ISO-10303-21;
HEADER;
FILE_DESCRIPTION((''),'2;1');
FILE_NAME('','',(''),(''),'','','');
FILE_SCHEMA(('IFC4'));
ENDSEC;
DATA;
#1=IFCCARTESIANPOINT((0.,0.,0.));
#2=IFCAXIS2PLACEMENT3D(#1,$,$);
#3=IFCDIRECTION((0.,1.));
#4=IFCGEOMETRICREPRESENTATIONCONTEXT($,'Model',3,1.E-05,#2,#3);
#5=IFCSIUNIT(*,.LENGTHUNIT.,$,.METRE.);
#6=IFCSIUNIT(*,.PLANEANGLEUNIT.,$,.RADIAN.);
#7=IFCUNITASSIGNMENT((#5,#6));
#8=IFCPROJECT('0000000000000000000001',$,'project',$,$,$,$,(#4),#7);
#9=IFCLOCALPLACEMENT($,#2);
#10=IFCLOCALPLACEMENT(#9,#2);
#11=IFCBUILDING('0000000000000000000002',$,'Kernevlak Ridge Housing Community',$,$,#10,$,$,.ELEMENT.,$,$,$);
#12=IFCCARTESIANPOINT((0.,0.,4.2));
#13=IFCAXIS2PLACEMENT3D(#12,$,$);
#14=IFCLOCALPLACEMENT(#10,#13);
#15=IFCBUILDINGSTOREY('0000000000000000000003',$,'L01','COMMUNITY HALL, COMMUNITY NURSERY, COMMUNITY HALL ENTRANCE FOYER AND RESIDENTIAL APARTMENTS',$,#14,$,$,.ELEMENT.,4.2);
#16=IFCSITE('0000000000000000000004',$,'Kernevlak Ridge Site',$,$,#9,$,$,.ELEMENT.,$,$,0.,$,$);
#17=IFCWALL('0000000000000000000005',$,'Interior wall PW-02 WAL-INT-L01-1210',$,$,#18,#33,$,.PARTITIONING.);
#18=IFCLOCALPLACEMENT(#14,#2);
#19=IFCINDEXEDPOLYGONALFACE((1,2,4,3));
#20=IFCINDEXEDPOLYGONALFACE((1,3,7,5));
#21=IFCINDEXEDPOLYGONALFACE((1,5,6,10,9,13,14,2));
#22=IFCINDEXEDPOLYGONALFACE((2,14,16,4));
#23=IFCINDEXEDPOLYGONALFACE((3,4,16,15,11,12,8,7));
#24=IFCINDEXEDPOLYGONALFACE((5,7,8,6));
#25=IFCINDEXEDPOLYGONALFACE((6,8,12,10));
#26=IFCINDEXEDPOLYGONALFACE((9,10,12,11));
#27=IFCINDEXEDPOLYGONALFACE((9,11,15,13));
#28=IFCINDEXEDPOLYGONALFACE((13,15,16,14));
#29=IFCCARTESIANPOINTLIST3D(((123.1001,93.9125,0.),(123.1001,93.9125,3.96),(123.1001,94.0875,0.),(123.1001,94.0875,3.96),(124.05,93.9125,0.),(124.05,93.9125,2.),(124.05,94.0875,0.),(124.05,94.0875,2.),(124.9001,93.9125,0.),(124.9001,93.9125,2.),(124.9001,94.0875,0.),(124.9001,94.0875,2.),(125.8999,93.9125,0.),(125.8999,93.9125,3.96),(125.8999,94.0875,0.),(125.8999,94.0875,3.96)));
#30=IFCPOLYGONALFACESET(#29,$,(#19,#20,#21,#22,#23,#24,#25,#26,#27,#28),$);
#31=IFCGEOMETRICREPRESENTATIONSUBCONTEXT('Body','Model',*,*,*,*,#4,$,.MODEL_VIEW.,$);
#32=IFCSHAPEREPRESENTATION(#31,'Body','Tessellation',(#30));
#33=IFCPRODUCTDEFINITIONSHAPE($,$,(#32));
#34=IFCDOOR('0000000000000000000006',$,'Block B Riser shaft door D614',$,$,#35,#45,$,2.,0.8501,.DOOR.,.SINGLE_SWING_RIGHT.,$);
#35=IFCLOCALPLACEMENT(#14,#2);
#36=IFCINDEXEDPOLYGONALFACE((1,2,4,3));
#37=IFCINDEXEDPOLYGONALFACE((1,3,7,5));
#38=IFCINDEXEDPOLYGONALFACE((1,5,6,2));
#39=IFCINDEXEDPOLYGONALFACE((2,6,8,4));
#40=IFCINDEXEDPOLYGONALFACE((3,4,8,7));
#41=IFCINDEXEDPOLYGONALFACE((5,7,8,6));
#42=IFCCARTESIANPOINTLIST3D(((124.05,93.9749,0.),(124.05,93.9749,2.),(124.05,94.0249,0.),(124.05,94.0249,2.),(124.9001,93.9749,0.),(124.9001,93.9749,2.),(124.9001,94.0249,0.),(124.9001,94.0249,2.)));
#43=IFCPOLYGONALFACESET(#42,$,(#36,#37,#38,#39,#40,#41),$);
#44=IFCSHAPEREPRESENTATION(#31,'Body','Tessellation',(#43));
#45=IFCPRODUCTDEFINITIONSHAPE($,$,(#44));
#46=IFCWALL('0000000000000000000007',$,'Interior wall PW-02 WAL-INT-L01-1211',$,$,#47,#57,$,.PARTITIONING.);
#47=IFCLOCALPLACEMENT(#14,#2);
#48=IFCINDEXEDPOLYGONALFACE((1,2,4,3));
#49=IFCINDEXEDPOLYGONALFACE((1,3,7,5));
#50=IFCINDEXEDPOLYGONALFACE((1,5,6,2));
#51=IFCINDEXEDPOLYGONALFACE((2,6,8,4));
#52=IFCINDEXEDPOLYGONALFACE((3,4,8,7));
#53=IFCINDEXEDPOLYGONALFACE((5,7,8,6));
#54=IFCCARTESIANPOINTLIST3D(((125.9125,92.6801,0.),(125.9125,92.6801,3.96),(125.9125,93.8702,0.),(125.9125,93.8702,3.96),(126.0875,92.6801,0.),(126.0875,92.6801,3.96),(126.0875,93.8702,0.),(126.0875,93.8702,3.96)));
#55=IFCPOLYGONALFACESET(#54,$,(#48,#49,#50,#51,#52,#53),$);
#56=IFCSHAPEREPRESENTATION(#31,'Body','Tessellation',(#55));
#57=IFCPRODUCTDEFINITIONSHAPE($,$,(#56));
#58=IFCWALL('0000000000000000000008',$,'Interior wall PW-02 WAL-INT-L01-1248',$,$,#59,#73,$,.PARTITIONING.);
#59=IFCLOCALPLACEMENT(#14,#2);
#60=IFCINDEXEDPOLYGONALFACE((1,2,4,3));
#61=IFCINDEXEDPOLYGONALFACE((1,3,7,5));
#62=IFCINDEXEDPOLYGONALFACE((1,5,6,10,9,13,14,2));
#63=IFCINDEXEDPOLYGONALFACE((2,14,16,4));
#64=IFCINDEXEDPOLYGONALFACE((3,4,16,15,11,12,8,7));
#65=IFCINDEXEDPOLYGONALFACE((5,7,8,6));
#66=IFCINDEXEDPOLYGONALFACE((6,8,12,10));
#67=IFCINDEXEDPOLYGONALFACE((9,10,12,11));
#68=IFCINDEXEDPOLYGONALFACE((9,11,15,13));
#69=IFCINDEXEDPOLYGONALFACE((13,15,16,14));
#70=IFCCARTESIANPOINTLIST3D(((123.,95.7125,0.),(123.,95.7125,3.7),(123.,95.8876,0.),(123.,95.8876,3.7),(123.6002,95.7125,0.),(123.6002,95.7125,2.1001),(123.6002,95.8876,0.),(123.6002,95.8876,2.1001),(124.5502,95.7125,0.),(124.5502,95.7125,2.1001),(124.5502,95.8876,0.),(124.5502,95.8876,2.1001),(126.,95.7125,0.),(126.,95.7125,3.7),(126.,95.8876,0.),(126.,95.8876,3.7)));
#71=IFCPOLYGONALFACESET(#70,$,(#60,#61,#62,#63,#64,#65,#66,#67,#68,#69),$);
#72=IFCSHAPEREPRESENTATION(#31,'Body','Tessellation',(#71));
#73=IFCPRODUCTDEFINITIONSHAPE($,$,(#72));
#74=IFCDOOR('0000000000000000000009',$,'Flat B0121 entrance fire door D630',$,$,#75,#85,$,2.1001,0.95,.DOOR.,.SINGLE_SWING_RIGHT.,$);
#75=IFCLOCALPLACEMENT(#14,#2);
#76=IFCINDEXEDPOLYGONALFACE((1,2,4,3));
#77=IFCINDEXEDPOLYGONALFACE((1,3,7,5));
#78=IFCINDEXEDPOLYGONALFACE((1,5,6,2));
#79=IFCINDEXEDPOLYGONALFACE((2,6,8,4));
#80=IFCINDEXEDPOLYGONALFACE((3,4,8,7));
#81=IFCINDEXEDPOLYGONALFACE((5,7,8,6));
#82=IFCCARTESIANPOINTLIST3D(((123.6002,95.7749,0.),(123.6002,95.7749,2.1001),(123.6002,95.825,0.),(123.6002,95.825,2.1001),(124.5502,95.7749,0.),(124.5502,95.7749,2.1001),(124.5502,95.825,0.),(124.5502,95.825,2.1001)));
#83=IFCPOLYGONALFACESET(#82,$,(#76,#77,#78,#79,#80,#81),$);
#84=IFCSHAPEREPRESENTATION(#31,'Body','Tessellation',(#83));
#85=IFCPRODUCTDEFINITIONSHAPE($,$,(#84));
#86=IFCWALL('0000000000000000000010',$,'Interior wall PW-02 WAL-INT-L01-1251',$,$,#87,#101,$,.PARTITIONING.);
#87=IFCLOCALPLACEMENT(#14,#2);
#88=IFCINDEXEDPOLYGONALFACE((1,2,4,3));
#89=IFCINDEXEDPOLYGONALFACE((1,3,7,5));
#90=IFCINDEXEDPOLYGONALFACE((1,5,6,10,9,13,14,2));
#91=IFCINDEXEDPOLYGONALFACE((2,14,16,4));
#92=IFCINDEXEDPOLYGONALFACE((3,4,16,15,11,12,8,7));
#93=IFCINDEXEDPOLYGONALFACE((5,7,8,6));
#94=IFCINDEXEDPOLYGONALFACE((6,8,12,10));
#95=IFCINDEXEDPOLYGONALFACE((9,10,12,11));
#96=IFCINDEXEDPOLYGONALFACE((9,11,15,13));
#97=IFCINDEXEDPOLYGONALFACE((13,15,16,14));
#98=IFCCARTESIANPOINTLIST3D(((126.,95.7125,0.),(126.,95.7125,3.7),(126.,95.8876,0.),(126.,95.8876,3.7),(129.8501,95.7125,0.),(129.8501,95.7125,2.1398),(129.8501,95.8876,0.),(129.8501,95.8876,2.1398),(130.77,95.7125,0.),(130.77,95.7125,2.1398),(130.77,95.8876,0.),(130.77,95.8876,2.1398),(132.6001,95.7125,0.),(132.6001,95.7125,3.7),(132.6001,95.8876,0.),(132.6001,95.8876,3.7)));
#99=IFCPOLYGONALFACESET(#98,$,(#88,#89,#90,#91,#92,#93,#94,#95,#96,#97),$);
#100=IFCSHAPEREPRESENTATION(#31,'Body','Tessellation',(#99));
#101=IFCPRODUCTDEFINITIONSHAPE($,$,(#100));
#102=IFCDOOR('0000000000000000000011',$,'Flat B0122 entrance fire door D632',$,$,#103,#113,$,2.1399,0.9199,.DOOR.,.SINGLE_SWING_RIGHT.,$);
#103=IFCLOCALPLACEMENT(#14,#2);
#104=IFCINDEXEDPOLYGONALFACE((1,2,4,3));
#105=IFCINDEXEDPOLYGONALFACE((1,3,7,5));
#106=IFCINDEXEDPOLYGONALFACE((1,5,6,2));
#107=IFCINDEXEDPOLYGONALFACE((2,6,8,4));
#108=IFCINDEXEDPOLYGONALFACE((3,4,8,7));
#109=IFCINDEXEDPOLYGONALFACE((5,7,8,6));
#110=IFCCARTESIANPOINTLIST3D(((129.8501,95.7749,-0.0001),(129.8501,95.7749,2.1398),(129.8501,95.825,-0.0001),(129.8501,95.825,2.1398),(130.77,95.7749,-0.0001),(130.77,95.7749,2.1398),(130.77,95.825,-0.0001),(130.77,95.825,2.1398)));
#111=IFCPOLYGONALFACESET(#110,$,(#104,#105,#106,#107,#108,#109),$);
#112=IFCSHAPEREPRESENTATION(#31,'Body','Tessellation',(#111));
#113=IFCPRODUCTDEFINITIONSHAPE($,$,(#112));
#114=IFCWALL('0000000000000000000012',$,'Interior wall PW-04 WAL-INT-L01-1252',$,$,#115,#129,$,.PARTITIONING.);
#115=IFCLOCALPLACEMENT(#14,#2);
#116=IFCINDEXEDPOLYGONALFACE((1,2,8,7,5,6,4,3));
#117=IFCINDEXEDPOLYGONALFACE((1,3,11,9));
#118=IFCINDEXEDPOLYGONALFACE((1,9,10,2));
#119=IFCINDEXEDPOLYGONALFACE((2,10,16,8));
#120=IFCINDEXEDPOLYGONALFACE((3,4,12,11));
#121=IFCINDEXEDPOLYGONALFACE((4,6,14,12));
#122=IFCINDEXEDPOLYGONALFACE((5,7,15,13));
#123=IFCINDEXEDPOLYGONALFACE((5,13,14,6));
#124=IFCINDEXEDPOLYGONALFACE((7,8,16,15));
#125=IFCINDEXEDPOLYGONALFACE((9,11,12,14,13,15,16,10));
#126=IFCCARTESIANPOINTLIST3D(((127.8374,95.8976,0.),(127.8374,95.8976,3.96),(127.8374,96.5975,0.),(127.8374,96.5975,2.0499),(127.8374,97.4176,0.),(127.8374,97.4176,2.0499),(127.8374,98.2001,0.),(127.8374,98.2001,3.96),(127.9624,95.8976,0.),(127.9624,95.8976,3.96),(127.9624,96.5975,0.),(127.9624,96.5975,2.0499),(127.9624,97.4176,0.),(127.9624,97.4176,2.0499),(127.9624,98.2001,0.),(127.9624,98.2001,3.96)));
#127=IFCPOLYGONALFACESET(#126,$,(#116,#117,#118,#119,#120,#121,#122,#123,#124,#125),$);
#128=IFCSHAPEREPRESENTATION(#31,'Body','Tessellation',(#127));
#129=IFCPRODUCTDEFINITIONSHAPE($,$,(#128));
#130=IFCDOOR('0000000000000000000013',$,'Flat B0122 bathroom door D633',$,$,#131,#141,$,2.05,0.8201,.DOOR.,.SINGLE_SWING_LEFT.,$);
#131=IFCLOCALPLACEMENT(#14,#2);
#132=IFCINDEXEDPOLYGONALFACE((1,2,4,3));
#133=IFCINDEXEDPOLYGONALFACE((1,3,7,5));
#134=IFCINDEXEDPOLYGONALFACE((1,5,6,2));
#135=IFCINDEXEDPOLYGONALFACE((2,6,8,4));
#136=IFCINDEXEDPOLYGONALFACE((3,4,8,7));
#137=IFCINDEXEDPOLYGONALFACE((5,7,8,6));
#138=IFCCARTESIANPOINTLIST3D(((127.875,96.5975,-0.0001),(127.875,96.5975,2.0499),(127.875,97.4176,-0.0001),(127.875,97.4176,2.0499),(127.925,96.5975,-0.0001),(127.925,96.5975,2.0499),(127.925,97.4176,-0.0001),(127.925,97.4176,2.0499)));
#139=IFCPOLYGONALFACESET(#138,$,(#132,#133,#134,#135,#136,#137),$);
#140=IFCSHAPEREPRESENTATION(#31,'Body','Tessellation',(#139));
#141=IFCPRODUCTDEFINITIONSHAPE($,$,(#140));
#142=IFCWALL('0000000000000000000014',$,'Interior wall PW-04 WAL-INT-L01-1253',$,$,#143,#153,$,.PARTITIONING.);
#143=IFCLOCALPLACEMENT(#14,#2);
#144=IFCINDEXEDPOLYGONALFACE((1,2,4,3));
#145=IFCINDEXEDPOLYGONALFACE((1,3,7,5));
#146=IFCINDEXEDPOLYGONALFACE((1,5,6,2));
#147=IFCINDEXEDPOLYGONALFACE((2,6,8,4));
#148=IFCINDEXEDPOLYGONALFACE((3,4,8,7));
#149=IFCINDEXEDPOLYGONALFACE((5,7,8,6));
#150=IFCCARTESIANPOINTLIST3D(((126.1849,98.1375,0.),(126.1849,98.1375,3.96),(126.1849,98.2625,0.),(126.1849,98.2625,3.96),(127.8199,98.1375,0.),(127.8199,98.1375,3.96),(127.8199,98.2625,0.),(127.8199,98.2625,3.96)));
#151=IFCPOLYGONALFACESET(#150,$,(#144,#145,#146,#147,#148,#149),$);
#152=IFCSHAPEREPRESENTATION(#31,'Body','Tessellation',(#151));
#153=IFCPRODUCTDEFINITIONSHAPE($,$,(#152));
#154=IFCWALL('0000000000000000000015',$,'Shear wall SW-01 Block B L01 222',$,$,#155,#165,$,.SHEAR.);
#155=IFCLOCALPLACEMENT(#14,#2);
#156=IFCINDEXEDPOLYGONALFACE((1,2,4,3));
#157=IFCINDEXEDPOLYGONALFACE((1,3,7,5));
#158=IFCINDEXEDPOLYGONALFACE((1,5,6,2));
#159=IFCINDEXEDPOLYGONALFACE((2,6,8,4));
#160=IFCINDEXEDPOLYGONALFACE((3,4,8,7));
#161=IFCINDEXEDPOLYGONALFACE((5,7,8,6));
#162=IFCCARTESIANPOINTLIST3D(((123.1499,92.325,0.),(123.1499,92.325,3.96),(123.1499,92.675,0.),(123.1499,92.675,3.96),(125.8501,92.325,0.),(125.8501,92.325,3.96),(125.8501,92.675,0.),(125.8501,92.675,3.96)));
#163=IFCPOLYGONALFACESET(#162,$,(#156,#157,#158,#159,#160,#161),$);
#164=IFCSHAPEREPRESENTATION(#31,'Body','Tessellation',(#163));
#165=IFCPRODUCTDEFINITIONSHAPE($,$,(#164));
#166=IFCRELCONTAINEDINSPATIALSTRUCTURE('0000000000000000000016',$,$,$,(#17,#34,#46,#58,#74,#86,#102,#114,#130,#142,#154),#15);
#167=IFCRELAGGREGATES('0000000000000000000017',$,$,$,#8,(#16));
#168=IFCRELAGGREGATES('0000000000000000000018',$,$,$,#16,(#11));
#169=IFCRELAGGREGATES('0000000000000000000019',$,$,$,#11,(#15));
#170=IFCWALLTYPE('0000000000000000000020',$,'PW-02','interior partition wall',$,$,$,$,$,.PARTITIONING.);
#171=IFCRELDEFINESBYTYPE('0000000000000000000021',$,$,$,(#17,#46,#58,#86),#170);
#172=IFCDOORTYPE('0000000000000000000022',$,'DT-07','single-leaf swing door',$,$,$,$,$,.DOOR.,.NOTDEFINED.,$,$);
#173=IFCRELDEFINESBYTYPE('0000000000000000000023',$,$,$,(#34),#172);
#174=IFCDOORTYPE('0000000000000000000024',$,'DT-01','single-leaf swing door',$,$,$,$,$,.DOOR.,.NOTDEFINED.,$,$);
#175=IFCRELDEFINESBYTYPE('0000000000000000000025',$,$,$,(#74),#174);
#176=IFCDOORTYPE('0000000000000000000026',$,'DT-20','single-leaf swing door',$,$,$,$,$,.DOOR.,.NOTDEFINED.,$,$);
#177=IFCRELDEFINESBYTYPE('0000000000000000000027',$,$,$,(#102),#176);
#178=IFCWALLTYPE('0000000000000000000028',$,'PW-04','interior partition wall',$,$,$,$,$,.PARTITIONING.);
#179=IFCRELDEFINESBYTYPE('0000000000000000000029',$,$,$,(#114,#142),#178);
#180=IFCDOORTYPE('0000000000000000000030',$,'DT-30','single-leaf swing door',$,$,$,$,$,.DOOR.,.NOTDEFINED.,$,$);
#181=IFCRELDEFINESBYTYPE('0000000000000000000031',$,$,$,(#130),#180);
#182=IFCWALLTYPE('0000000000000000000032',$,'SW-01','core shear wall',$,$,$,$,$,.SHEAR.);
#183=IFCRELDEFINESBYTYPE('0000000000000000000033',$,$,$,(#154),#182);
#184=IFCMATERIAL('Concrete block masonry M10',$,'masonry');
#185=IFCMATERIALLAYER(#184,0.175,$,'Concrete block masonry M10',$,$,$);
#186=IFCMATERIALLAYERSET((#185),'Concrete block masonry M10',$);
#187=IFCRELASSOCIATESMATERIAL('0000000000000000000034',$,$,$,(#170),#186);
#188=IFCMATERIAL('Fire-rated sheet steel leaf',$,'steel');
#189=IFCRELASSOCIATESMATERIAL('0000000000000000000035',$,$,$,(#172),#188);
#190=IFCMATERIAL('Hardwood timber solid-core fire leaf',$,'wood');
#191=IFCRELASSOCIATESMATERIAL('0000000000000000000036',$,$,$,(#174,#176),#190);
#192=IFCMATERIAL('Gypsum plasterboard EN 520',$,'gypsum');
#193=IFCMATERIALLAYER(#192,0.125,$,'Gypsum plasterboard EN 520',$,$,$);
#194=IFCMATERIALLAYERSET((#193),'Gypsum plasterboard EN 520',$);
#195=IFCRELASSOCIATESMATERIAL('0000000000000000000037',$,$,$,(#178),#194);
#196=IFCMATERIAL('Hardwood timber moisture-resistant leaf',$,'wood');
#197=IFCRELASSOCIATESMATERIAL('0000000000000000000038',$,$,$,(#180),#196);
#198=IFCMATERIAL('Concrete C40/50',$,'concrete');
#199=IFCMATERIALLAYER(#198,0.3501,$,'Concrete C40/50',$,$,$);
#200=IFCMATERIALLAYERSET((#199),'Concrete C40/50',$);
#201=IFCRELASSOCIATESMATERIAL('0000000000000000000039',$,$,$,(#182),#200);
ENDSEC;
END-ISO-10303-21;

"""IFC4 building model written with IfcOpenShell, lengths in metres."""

from ifc_helpers import new_model, si_unit, direction, frame, frame_2d, origin, place, context, subcontext, project, spatial, rectangle, extrude, material, layer, layer_set, type_object, element, fill, save


model = new_model("IFC4")

# Units and contexts
model_context = context("Model", 3, precision=1e-05, world=origin(), true_north=direction((0.0, 1.0)))
body_context = subcontext(model_context, "Body", "Model", "MODEL_VIEW")
ifc_project = project(units=[si_unit("LENGTHUNIT", "METRE"), si_unit("PLANEANGLEUNIT", "RADIAN")], contexts=[model_context])

# Site, building, storey
site_placement = place(None, origin())
site = spatial("IfcSite", under=ifc_project, at=site_placement, Name="Kernevlak Ridge Site", CompositionType="ELEMENT", RefElevation=0.0)
building_placement = place(site_placement, origin())
building = spatial("IfcBuilding", under=site, at=building_placement, Name="Kernevlak Ridge Housing Community", CompositionType="ELEMENT")
storey_placement = place(building_placement, frame((0.0, 0.0, 4.2)))
storey = spatial("IfcBuildingStorey", under=building, at=storey_placement, Name="L01", Description="COMMUNITY HALL, COMMUNITY NURSERY, COMMUNITY HALL ENTRANCE FOYER AND RESIDENTIAL APARTMENTS", CompositionType="ELEMENT", Elevation=4.2)

# Shared definitions
ifc_material_1 = material(Name="Concrete C40/50", Category="concrete")

# Shared definitions
ifc_material_2 = material(Name="Concrete block masonry M10", Category="masonry")

# Wall, opening, door
ifc_layer_1 = layer(ifc_material_2, 0.175, Name="Concrete block masonry M10")
ifc_layer_set_1 = layer_set([ifc_layer_1], Name="Concrete block masonry M10")
wall_type_1 = type_object("IfcWallType", Name="PW-02", Description="interior partition wall", PredefinedType="PARTITIONING", material=ifc_layer_set_1)
ifc_material_3 = material(Name="Fire-rated sheet steel leaf", Category="steel")
wall_1_placement = place(storey_placement, frame((123.1001, 94.0, 0.0), z_axis=(0.0, 0.0, 1.0), x_axis=(1.0, 0.0, 0.0)))
wall_1 = element("IfcWall", 1, at=wall_1_placement, inside=storey, type_object=wall_type_1, Name="Interior wall PW-02 WAL-INT-L01-1210", PredefinedType="PARTITIONING", context=body_context, shape_type="SweptSolid", body=[
    extrude(rectangle(XDim=2.7998, YDim=0.175, at=frame_2d((1.3999, 0.0))), origin(), (0.0, 0.0, 1.0), 3.96),
])
opening_1_placement = place(wall_1_placement, frame((0.95, 0.0, 0.0)))
opening_1 = element("IfcOpeningElement", 2, at=opening_1_placement, cuts=wall_1, PredefinedType="OPENING", context=body_context, shape_type="SweptSolid", body=[
    extrude(rectangle(XDim=0.8501, YDim=2.0, at=frame_2d((0.425, 1.0))), frame((0.0, 0.0974, 0.0), z_axis=(0.0, -1.0, 0.0), x_axis=(1.0, 0.0, 0.0)), (0.0, 0.0, 1.0), 0.1951),
])
door_type_1 = type_object("IfcDoorType", Name="DT-07", Description="single-leaf swing door", OperationType="NOTDEFINED", PredefinedType="DOOR", material=ifc_material_3)
door_1_placement = place(opening_1_placement, origin())
door_1 = element("IfcDoor", 3, at=door_1_placement, inside=storey, type_object=door_type_1, Name="Block B Riser shaft door D614", OperationType="SINGLE_SWING_RIGHT", OverallHeight=2.0, OverallWidth=0.8501, PredefinedType="DOOR", context=body_context, shape_type="SweptSolid", body=[
    extrude(rectangle(XDim=0.8501, YDim=2.0, at=frame_2d((0.425, 1.0))), frame((0.0, 0.0249, 0.0), z_axis=(0.0, -1.0, 0.0), x_axis=(1.0, 0.0, 0.0)), (0.0, 0.0, 1.0), 0.05),
])
fill(opening_1, door_1)

# Wall
wall_2_placement = place(storey_placement, frame((126.0, 92.6799, 0.0), z_axis=(0.0, 0.0, 1.0), x_axis=(0.0, 1.0, 0.0)))
element("IfcWall", 4, at=wall_2_placement, inside=storey, type_object=wall_type_1, Name="Interior wall PW-02 WAL-INT-L01-1211", PredefinedType="PARTITIONING", context=body_context, shape_type="SweptSolid", body=[
    extrude(rectangle(XDim=1.1902, YDim=0.175, at=frame_2d((0.5952, 0.0))), origin(), (0.0, 0.0, 1.0), 3.96),
])

# Walls, openings, doors
wall_3_placement = place(storey_placement, frame((123.0, 95.8, 0.0), z_axis=(0.0, 0.0, 1.0), x_axis=(1.0, 0.0, 0.0)))
wall_3 = element("IfcWall", 5, at=wall_3_placement, inside=storey, type_object=wall_type_1, Name="Interior wall PW-02 WAL-INT-L01-1248", PredefinedType="PARTITIONING", context=body_context, shape_type="SweptSolid", body=[
    extrude(rectangle(XDim=3.0, YDim=0.175, at=frame_2d((1.5, 0.0))), origin(), (0.0, 0.0, 1.0), 3.7),
])
opening_2_placement = place(wall_3_placement, frame((0.6001, 0.0, 0.0)))
opening_2 = element("IfcOpeningElement", 6, at=opening_2_placement, cuts=wall_3, PredefinedType="OPENING", context=body_context, shape_type="SweptSolid", body=[
    extrude(rectangle(XDim=0.95, YDim=2.1001, at=frame_2d((0.4751, 1.05))), frame((0.0, 0.0974, 0.0), z_axis=(0.0, -1.0, 0.0), x_axis=(1.0, 0.0, 0.0)), (0.0, 0.0, 1.0), 0.1951),
])
ifc_material_4 = material(Name="Hardwood timber solid-core fire leaf", Category="wood")
door_type_2 = type_object("IfcDoorType", Name="DT-01", Description="single-leaf swing door", OperationType="NOTDEFINED", PredefinedType="DOOR", material=ifc_material_4)
door_2_placement = place(opening_2_placement, origin())
door_2 = element("IfcDoor", 7, at=door_2_placement, inside=storey, type_object=door_type_2, Name="Flat B0121 entrance fire door D630", OperationType="SINGLE_SWING_RIGHT", OverallHeight=2.1001, OverallWidth=0.95, PredefinedType="DOOR", context=body_context, shape_type="SweptSolid", body=[
    extrude(rectangle(XDim=0.95, YDim=2.1001, at=frame_2d((0.4751, 1.05))), frame((0.0, 0.0249, 0.0), z_axis=(0.0, -1.0, 0.0), x_axis=(1.0, 0.0, 0.0)), (0.0, 0.0, 1.0), 0.05),
])
fill(opening_2, door_2)
wall_4_placement = place(storey_placement, frame((126.0, 95.8, 0.0), z_axis=(0.0, 0.0, 1.0), x_axis=(1.0, 0.0, 0.0)))
wall_4 = element("IfcWall", 8, at=wall_4_placement, inside=storey, type_object=wall_type_1, Name="Interior wall PW-02 WAL-INT-L01-1251", PredefinedType="PARTITIONING", context=body_context, shape_type="SweptSolid", body=[
    extrude(rectangle(XDim=6.6001, YDim=0.175, at=frame_2d((3.3, 0.0))), origin(), (0.0, 0.0, 1.0), 3.7),
])
opening_3_placement = place(wall_4_placement, frame((3.8501, 0.0, 0.0)))
opening_3 = element("IfcOpeningElement", 9, at=opening_3_placement, cuts=wall_4, PredefinedType="OPENING", context=body_context, shape_type="SweptSolid", body=[
    extrude(rectangle(XDim=0.9199, YDim=2.1399, at=frame_2d((0.46, 1.0698))), frame((0.0, 0.0974, 0.0), z_axis=(0.0, -1.0, 0.0), x_axis=(1.0, 0.0, 0.0)), (0.0, 0.0, 1.0), 0.1951),
])
door_type_3 = type_object("IfcDoorType", Name="DT-20", Description="single-leaf swing door", OperationType="NOTDEFINED", PredefinedType="DOOR", material=ifc_material_4)
door_3_placement = place(opening_3_placement, origin())
door_3 = element("IfcDoor", 10, at=door_3_placement, inside=storey, type_object=door_type_3, Name="Flat B0122 entrance fire door D632", OperationType="SINGLE_SWING_RIGHT", OverallHeight=2.1399, OverallWidth=0.9199, PredefinedType="DOOR", context=body_context, shape_type="SweptSolid", body=[
    extrude(rectangle(XDim=0.9199, YDim=2.1399, at=frame_2d((0.46, 1.0698))), frame((0.0, 0.0249, 0.0), z_axis=(0.0, -1.0, 0.0), x_axis=(1.0, 0.0, 0.0)), (0.0, 0.0, 1.0), 0.05),
])
fill(opening_3, door_3)
ifc_material_5 = material(Name="Gypsum plasterboard EN 520", Category="gypsum")
ifc_layer_2 = layer(ifc_material_5, 0.125, Name="Gypsum plasterboard EN 520")
ifc_layer_set_2 = layer_set([ifc_layer_2], Name="Gypsum plasterboard EN 520")
wall_type_2 = type_object("IfcWallType", Name="PW-04", Description="interior partition wall", PredefinedType="PARTITIONING", material=ifc_layer_set_2)
wall_5_placement = place(storey_placement, frame((127.8999, 95.8975, 0.0), z_axis=(0.0, 0.0, 1.0), x_axis=(0.0, 1.0, 0.0)))
wall_5 = element("IfcWall", 11, at=wall_5_placement, inside=storey, type_object=wall_type_2, Name="Interior wall PW-04 WAL-INT-L01-1252", PredefinedType="PARTITIONING", context=body_context, shape_type="SweptSolid", body=[
    extrude(rectangle(XDim=2.3025, YDim=0.125, at=frame_2d((1.1514, 0.0))), origin(), (0.0, 0.0, 1.0), 3.96),
])
opening_4_placement = place(wall_5_placement, frame((0.7, 0.0, 0.0)))
opening_4 = element("IfcOpeningElement", 12, at=opening_4_placement, cuts=wall_5, PredefinedType="OPENING", context=body_context, shape_type="SweptSolid", body=[
    extrude(rectangle(XDim=0.8201, YDim=2.05, at=frame_2d((0.4102, 1.0249))), frame((0.0, 0.0725, 0.0), z_axis=(0.0, -1.0, 0.0), x_axis=(1.0, 0.0, 0.0)), (0.0, 0.0, 1.0), 0.145),
])
ifc_material_6 = material(Name="Hardwood timber moisture-resistant leaf", Category="wood")
door_type_4 = type_object("IfcDoorType", Name="DT-30", Description="single-leaf swing door", OperationType="NOTDEFINED", PredefinedType="DOOR", material=ifc_material_6)
door_4_placement = place(opening_4_placement, origin())
door_4 = element("IfcDoor", 13, at=door_4_placement, inside=storey, type_object=door_type_4, Name="Flat B0122 bathroom door D633", OperationType="SINGLE_SWING_LEFT", OverallHeight=2.05, OverallWidth=0.8201, PredefinedType="DOOR", context=body_context, shape_type="SweptSolid", body=[
    extrude(rectangle(XDim=0.8201, YDim=2.05, at=frame_2d((0.4102, 1.0249))), frame((0.0, 0.0249, 0.0), z_axis=(0.0, -1.0, 0.0), x_axis=(1.0, 0.0, 0.0)), (0.0, 0.0, 1.0), 0.05),
])
fill(opening_4, door_4)

# Walls
wall_6_placement = place(storey_placement, frame((126.1851, 98.2, 0.0), z_axis=(0.0, 0.0, 1.0), x_axis=(1.0, 0.0, 0.0)))
element("IfcWall", 14, at=wall_6_placement, inside=storey, type_object=wall_type_2, Name="Interior wall PW-04 WAL-INT-L01-1253", PredefinedType="PARTITIONING", context=body_context, shape_type="SweptSolid", body=[
    extrude(rectangle(XDim=1.635, YDim=0.125, at=frame_2d((0.8174, 0.0))), origin(), (0.0, 0.0, 1.0), 3.96),
])
ifc_layer_3 = layer(ifc_material_1, 0.3501, Name="Concrete C40/50")
ifc_layer_set_3 = layer_set([ifc_layer_3], Name="Concrete C40/50")
wall_type_3 = type_object("IfcWallType", Name="SW-01", Description="core shear wall", PredefinedType="SHEAR", material=ifc_layer_set_3)
wall_7_placement = place(storey_placement, frame((123.1499, 92.5, 0.0), z_axis=(0.0, 0.0, 1.0), x_axis=(1.0, 0.0, 0.0)))
element("IfcWall", 15, at=wall_7_placement, inside=storey, type_object=wall_type_3, Name="Shear wall SW-01 Block B L01 222", PredefinedType="SHEAR", context=body_context, shape_type="SweptSolid", body=[
    extrude(rectangle(XDim=2.7002, YDim=0.3501, at=frame_2d((1.3501, 0.0))), origin(), (0.0, 0.0, 1.0), 3.96),
])

save(model, "model.ifc")
